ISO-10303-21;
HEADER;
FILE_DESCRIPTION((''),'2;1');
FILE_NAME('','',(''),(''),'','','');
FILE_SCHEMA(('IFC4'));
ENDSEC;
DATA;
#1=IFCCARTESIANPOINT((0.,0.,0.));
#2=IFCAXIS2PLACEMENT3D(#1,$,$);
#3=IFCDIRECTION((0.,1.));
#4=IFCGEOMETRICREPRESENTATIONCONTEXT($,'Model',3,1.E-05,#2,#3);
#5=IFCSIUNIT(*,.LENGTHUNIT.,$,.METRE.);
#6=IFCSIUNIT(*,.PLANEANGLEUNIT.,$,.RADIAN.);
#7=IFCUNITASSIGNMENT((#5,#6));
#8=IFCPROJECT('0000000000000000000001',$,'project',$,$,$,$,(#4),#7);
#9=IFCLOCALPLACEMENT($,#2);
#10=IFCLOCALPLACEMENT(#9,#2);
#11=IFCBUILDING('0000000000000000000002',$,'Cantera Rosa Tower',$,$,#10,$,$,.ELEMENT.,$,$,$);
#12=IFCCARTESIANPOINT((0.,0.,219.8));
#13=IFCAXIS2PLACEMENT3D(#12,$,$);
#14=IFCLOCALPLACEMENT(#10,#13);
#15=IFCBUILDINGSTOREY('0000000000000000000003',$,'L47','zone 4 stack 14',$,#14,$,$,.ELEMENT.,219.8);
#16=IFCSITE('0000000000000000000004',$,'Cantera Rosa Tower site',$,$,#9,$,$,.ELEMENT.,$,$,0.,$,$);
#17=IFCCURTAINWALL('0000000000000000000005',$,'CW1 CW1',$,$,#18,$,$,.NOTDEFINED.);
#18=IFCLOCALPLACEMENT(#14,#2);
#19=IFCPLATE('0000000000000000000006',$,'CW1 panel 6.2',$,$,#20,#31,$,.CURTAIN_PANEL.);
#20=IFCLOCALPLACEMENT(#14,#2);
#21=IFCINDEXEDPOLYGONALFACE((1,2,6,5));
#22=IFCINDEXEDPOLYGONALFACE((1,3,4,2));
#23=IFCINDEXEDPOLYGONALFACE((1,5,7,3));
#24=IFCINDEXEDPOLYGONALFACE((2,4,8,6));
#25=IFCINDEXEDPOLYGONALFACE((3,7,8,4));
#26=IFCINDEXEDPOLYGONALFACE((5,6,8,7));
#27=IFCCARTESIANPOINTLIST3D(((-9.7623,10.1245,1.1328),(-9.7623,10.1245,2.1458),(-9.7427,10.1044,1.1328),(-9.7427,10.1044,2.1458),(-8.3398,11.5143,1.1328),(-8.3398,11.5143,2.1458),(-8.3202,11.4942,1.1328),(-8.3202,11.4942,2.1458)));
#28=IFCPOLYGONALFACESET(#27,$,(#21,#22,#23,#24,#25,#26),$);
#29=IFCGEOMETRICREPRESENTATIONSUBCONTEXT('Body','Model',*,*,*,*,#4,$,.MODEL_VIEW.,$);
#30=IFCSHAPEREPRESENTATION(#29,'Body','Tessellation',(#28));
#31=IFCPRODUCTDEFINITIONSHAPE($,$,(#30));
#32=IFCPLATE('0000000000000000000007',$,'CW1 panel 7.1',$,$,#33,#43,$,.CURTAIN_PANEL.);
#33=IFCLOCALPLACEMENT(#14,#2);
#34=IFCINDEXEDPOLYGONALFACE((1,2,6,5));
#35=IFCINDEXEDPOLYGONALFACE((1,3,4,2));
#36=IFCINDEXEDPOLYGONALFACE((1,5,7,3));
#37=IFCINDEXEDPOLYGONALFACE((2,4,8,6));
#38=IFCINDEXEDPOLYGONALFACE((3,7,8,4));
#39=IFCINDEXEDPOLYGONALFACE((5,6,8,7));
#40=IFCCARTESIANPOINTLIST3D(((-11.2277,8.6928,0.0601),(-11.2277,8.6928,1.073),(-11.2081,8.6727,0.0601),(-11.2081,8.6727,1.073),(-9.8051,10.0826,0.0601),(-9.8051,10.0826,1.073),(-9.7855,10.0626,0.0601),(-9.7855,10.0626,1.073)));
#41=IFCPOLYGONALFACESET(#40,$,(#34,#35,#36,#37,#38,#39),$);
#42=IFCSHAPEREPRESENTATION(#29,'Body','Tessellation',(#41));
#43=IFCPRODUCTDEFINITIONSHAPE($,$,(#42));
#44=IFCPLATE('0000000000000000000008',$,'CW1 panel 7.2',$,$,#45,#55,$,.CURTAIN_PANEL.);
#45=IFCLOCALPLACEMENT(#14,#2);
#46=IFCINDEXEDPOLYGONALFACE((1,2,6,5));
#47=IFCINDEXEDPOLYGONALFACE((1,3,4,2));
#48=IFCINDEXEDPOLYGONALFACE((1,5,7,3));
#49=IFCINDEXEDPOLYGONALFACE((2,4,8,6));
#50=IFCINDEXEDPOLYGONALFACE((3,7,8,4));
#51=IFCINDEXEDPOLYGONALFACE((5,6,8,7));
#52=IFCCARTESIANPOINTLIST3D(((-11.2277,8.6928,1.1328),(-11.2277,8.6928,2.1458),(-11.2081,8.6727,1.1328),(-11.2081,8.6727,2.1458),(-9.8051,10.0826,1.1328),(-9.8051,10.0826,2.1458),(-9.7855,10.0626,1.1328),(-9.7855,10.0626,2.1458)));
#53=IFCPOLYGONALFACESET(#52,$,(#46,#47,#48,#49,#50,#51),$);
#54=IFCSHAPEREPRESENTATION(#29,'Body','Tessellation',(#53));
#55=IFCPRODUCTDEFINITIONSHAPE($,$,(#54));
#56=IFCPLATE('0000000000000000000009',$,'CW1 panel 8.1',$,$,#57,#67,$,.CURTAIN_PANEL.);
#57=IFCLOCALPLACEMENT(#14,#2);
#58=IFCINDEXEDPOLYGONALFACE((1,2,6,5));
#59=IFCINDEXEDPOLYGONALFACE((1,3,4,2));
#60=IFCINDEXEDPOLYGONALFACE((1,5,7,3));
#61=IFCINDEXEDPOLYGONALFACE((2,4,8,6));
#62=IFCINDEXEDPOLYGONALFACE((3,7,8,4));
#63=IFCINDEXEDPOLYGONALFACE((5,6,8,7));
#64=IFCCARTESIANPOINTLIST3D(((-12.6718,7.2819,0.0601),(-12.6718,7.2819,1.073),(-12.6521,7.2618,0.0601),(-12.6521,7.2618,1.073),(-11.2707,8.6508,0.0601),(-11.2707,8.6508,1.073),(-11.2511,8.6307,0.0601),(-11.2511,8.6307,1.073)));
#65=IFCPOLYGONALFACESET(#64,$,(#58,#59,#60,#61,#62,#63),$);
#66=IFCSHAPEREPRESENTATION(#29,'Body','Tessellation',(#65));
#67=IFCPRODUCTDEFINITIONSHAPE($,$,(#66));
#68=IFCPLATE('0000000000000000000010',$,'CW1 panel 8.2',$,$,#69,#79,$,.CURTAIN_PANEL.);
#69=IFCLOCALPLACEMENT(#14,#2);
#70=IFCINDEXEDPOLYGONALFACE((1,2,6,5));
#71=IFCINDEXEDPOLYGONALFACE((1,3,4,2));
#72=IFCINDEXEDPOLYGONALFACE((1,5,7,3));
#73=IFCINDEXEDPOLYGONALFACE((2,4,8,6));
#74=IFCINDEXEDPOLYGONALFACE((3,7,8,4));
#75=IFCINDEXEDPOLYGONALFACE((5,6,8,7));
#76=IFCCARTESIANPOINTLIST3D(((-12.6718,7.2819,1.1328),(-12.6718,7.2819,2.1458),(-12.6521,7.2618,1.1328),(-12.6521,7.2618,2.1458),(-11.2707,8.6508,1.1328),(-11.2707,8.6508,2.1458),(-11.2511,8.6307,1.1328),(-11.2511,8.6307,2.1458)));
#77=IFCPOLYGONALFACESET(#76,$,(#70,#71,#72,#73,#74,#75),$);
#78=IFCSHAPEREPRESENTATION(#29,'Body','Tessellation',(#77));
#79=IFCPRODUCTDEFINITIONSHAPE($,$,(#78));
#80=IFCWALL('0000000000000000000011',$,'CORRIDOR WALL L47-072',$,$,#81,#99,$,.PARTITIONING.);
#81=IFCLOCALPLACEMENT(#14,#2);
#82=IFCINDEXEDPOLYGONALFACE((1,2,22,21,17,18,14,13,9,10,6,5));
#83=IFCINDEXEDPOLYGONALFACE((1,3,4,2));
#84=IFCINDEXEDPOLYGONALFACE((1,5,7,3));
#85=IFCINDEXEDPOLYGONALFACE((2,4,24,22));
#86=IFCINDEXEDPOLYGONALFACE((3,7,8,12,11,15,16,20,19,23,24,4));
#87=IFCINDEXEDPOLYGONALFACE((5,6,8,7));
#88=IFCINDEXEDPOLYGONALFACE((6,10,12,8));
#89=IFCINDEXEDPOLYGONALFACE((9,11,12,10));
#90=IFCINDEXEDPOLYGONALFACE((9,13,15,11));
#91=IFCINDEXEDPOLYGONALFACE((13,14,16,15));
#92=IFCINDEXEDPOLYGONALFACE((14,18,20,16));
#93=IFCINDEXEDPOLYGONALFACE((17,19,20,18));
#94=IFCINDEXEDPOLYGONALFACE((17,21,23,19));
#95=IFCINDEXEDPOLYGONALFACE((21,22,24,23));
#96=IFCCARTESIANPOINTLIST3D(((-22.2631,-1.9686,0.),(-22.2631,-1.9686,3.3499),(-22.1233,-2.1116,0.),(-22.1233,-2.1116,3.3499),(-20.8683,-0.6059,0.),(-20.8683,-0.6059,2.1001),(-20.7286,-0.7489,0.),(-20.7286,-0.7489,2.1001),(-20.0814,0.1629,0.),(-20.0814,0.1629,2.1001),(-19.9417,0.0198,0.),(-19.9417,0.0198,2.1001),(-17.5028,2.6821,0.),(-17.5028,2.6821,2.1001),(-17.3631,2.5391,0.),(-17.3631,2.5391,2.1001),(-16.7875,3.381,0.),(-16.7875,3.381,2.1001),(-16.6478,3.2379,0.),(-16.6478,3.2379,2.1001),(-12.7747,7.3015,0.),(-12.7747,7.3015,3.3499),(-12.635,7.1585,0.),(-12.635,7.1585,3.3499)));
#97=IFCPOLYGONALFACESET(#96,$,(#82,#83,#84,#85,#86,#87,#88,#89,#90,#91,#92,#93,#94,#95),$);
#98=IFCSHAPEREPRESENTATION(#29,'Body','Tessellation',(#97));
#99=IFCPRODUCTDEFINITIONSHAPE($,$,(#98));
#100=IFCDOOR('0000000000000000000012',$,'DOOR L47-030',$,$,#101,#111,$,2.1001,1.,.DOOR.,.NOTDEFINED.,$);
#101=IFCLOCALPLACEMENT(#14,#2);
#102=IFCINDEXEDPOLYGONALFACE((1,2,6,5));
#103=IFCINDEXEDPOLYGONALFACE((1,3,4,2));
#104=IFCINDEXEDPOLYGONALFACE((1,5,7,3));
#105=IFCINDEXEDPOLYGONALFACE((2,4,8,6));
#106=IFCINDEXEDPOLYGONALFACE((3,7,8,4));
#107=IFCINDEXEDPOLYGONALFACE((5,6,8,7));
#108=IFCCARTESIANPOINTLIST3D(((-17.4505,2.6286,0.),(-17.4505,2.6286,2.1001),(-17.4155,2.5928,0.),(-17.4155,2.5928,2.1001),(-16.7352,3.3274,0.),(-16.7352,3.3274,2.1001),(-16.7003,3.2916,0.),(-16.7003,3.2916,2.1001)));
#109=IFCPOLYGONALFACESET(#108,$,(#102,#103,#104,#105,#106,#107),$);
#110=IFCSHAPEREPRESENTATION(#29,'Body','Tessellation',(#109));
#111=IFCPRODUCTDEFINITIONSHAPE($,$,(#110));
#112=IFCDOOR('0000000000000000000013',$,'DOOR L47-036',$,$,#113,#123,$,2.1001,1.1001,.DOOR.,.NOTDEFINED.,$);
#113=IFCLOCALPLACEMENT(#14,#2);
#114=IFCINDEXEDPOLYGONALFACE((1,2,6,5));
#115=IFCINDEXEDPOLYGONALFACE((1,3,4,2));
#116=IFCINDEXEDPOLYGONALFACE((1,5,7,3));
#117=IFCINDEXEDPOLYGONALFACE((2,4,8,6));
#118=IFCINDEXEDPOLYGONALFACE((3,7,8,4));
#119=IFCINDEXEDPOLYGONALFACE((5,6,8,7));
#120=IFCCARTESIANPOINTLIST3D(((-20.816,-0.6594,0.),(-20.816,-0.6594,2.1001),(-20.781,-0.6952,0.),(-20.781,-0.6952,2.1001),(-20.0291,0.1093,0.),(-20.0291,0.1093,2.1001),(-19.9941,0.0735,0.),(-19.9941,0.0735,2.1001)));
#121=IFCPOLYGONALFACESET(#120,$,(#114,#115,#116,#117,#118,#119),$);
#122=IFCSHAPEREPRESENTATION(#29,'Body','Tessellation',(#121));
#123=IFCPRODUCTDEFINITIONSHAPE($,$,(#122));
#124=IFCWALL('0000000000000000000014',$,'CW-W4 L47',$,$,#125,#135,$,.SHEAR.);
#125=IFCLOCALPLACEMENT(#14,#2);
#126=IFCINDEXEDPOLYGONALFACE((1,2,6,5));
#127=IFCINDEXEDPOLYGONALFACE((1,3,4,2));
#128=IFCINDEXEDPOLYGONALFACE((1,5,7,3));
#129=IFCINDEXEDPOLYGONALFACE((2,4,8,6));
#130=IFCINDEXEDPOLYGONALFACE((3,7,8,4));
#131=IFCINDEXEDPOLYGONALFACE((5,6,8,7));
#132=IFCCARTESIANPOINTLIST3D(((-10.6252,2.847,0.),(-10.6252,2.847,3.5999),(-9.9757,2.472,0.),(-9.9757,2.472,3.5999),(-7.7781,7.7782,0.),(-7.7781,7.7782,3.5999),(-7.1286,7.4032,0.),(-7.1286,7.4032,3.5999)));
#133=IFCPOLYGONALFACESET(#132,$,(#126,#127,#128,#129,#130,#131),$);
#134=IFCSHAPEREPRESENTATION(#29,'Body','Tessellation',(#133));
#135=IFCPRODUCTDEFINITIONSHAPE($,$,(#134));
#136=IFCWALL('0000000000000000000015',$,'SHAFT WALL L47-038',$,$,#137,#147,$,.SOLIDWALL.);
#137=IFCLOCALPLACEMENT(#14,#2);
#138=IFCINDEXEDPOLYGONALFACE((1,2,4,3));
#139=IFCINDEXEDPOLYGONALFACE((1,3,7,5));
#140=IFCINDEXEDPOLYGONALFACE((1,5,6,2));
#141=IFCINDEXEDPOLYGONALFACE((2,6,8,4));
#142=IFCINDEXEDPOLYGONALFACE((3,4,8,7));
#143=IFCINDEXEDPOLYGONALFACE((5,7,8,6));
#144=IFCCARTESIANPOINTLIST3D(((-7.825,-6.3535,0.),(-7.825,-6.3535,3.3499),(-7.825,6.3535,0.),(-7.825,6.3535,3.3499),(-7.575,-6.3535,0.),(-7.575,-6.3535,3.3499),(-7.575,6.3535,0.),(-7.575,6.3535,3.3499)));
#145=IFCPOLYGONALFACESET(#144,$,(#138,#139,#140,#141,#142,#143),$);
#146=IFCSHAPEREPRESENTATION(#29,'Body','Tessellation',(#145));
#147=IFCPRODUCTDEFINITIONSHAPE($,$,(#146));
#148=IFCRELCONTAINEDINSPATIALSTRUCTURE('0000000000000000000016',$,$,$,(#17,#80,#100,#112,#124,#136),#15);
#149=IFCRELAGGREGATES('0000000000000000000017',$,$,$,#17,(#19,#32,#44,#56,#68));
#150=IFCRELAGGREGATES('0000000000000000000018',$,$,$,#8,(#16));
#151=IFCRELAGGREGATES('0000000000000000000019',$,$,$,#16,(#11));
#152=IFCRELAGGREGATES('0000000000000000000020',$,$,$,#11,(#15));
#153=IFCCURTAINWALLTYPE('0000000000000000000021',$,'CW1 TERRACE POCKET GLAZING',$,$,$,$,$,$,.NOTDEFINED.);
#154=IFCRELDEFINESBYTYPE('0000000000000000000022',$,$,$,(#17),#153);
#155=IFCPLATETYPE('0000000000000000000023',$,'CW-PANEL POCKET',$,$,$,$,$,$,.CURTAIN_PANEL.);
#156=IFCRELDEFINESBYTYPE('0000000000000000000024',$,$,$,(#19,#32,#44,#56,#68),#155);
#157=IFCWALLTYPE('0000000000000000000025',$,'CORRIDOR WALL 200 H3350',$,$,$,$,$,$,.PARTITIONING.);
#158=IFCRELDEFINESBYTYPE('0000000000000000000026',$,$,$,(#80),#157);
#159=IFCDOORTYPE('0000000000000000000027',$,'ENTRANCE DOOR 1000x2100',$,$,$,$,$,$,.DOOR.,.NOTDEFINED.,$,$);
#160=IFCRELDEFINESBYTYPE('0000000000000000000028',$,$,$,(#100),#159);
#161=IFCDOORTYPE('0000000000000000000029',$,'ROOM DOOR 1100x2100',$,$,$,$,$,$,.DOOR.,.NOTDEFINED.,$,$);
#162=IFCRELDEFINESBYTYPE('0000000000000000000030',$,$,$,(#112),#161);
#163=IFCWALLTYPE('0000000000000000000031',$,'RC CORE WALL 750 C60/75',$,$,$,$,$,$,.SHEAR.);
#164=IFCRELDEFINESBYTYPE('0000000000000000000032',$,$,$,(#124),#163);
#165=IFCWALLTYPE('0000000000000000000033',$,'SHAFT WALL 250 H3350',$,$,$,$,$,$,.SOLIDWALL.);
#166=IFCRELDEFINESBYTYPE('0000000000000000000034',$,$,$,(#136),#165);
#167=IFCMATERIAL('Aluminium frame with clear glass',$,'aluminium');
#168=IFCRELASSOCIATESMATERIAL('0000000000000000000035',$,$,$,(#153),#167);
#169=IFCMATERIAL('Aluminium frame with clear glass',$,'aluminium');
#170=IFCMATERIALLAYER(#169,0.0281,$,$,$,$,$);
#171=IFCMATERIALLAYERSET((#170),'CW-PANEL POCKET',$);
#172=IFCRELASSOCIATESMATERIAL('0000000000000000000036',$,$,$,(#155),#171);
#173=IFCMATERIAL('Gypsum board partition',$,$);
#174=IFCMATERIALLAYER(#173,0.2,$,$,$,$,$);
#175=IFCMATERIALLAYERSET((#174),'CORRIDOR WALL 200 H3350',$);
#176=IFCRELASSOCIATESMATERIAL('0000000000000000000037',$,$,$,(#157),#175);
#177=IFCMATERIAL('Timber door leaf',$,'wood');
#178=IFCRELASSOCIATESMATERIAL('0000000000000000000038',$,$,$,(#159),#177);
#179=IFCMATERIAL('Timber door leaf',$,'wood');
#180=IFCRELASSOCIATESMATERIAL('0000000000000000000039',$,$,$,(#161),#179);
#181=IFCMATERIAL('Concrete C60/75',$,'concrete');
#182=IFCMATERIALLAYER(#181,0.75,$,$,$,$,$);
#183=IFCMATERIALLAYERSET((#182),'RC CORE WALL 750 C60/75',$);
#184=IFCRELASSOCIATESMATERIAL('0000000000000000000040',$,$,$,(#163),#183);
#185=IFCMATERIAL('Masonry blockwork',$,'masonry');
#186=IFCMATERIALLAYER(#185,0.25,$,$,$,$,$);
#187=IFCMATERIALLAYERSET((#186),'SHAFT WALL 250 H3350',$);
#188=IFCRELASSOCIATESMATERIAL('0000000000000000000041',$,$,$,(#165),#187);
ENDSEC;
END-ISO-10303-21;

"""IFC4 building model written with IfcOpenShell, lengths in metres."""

from ifc_helpers import new_model, si_unit, direction, frame, frame_2d, origin, origin_2d, place, context, subcontext, project, spatial, rectangle, extrude, material, layer, layer_set, type_object, element, fill, aggregate, save


model = new_model("IFC4")

# Units and contexts
model_context = context("Model", 3, precision=1e-05, world=origin(), true_north=direction((0.0, 1.0)))
body_context = subcontext(model_context, "Body", "Model", "MODEL_VIEW")
ifc_project = project(units=[si_unit("LENGTHUNIT", "METRE"), si_unit("PLANEANGLEUNIT", "RADIAN")], contexts=[model_context])

# Site, building, storey
site_placement = place(None, origin())
site = spatial("IfcSite", under=ifc_project, at=site_placement, Name="Cantera Rosa Tower site", CompositionType="ELEMENT", RefElevation=0.0)
building_placement = place(site_placement, origin())
building = spatial("IfcBuilding", under=site, at=building_placement, Name="Cantera Rosa Tower", CompositionType="ELEMENT")
storey_placement = place(building_placement, frame((0.0, 0.0, 219.8)))
storey = spatial("IfcBuildingStorey", under=building, at=storey_placement, Name="L47", Description="zone 4 stack 14", CompositionType="ELEMENT", Elevation=219.8)

# Curtain wall
ifc_material_1 = material(Name="Aluminium frame with clear glass", Category="aluminium")
curtain_wall_type = type_object("IfcCurtainWallType", Name="CW1 TERRACE POCKET GLAZING", PredefinedType="NOTDEFINED", material=ifc_material_1)
curtain_wall_placement = place(storey_placement, origin())
curtain_wall = element("IfcCurtainWall", 1, at=curtain_wall_placement, inside=storey, type_object=curtain_wall_type, Name="CW1 CW1", PredefinedType="NOTDEFINED")

# Plates
ifc_material_2 = material(Name="Aluminium frame with clear glass", Category="aluminium")
ifc_layer_1 = layer(ifc_material_2, 0.0281)
ifc_layer_set_1 = layer_set([ifc_layer_1], Name="CW-PANEL POCKET")
plate_type = type_object("IfcPlateType", Name="CW-PANEL POCKET", PredefinedType="CURTAIN_PANEL", material=ifc_layer_set_1)
plate_1_placement = place(storey_placement, frame((-9.0413, 10.8093, 1.1328), z_axis=(0.0, 0.0, 1.0), x_axis=(-0.715286, -0.698832, 0.0)))
plate_1 = element("IfcPlate", 2, at=plate_1_placement, type_object=plate_type, Name="CW1 panel 6.2", PredefinedType="CURTAIN_PANEL", context=body_context, shape_type="SweptSolid", body=[
    extrude(rectangle(XDim=1.9888, YDim=0.0281, at=origin_2d()), origin(), (0.0, 0.0, 1.0), 1.0129),
])
plate_2_placement = place(storey_placement, frame((-10.5066, 9.3777, 0.0601), z_axis=(0.0, 0.0, 1.0), x_axis=(-0.715286, -0.698832, 0.0)))
plate_2 = element("IfcPlate", 3, at=plate_2_placement, type_object=plate_type, Name="CW1 panel 7.1", PredefinedType="CURTAIN_PANEL", context=body_context, shape_type="SweptSolid", body=[
    extrude(rectangle(XDim=1.9888, YDim=0.0281, at=origin_2d()), origin(), (0.0, 0.0, 1.0), 1.0129),
])
plate_3_placement = place(storey_placement, frame((-10.5066, 9.3777, 1.1328), z_axis=(0.0, 0.0, 1.0), x_axis=(-0.715286, -0.698832, 0.0)))
plate_3 = element("IfcPlate", 4, at=plate_3_placement, type_object=plate_type, Name="CW1 panel 7.2", PredefinedType="CURTAIN_PANEL", context=body_context, shape_type="SweptSolid", body=[
    extrude(rectangle(XDim=1.9888, YDim=0.0281, at=origin_2d()), origin(), (0.0, 0.0, 1.0), 1.0129),
])
plate_4_placement = place(storey_placement, frame((-11.9614, 7.9563, 0.0601), z_axis=(0.0, 0.0, 1.0), x_axis=(-0.715286, -0.698832, 0.0)))
plate_4 = element("IfcPlate", 5, at=plate_4_placement, type_object=plate_type, Name="CW1 panel 8.1", PredefinedType="CURTAIN_PANEL", context=body_context, shape_type="SweptSolid", body=[
    extrude(rectangle(XDim=1.9587, YDim=0.0281, at=origin_2d()), origin(), (0.0, 0.0, 1.0), 1.0129),
])
plate_5_placement = place(storey_placement, frame((-11.9614, 7.9563, 1.1328), z_axis=(0.0, 0.0, 1.0), x_axis=(-0.715286, -0.698832, 0.0)))
plate_5 = element("IfcPlate", 6, at=plate_5_placement, type_object=plate_type, Name="CW1 panel 8.2", PredefinedType="CURTAIN_PANEL", context=body_context, shape_type="SweptSolid", body=[
    extrude(rectangle(XDim=1.9587, YDim=0.0281, at=origin_2d()), origin(), (0.0, 0.0, 1.0), 1.0129),
])
aggregate(curtain_wall, [plate_1, plate_2, plate_3, plate_4, plate_5])

# Wall, openings, doors
ifc_material_3 = material(Name="Gypsum board partition")
ifc_layer_2 = layer(ifc_material_3, 0.2)
ifc_layer_set_2 = layer_set([ifc_layer_2], Name="CORRIDOR WALL 200 H3350")
wall_type_1 = type_object("IfcWallType", Name="CORRIDOR WALL 200 H3350", PredefinedType="PARTITIONING", material=ifc_layer_set_2)
wall_1_placement = place(storey_placement, frame((-12.7048, 7.23, 0.0), z_axis=(0.0, 0.0, 1.0), x_axis=(-0.715286, -0.698832, 0.0)))
wall_1 = element("IfcWall", 7, at=wall_1_placement, inside=storey, type_object=wall_type_1, Name="CORRIDOR WALL L47-072", PredefinedType="PARTITIONING", context=body_context, shape_type="SweptSolid", body=[
    extrude(rectangle(XDim=13.2651, YDim=0.2, at=frame_2d((6.6326, 0.0))), origin(), (0.0, 0.0, 1.0), 3.3499),
])
opening_1_placement = place(wall_1_placement, frame((5.6101, 0.0, 0.0)))
opening_1 = element("IfcOpeningElement", 8, at=opening_1_placement, cuts=wall_1, PredefinedType="OPENING", context=body_context, shape_type="SweptSolid", body=[
    extrude(rectangle(XDim=1.0, YDim=2.1001, at=frame_2d((0.5, 1.05))), frame((0.0, 0.1099, 0.0), z_axis=(0.0, -1.0, 0.0), x_axis=(1.0, 0.0, 0.0)), (0.0, 0.0, 1.0), 0.22),
])
opening_2_placement = place(wall_1_placement, frame((10.2151, 0.0, 0.0)))
opening_2 = element("IfcOpeningElement", 9, at=opening_2_placement, cuts=wall_1, PredefinedType="OPENING", context=body_context, shape_type="SweptSolid", body=[
    extrude(rectangle(XDim=1.1001, YDim=2.1001, at=frame_2d((0.55, 1.05))), frame((0.0, 0.1099, 0.0), z_axis=(0.0, -1.0, 0.0), x_axis=(1.0, 0.0, 0.0)), (0.0, 0.0, 1.0), 0.22),
])
ifc_material_4 = material(Name="Timber door leaf", Category="wood")
door_type_1 = type_object("IfcDoorType", Name="ENTRANCE DOOR 1000x2100", OperationType="NOTDEFINED", PredefinedType="DOOR", material=ifc_material_4)
door_1_placement = place(opening_1_placement, origin())
door_1 = element("IfcDoor", 10, at=door_1_placement, inside=storey, type_object=door_type_1, Name="DOOR L47-030", OperationType="NOTDEFINED", OverallHeight=2.1001, OverallWidth=1.0, PredefinedType="DOOR", context=body_context, shape_type="SweptSolid", body=[
    extrude(rectangle(XDim=1.0, YDim=2.1001, at=frame_2d((0.5, 1.05))), frame((0.0, 0.0249, 0.0), z_axis=(0.0, -1.0, 0.0), x_axis=(1.0, 0.0, 0.0)), (0.0, 0.0, 1.0), 0.05),
])
fill(opening_1, door_1)
ifc_material_5 = material(Name="Timber door leaf", Category="wood")
door_type_2 = type_object("IfcDoorType", Name="ROOM DOOR 1100x2100", OperationType="NOTDEFINED", PredefinedType="DOOR", material=ifc_material_5)
door_2_placement = place(opening_2_placement, origin())
door_2 = element("IfcDoor", 11, at=door_2_placement, inside=storey, type_object=door_type_2, Name="DOOR L47-036", OperationType="NOTDEFINED", OverallHeight=2.1001, OverallWidth=1.1001, PredefinedType="DOOR", context=body_context, shape_type="SweptSolid", body=[
    extrude(rectangle(XDim=1.1001, YDim=2.1001, at=frame_2d((0.55, 1.05))), frame((0.0, 0.0249, 0.0), z_axis=(0.0, -1.0, 0.0), x_axis=(1.0, 0.0, 0.0)), (0.0, 0.0, 1.0), 0.05),
])
fill(opening_2, door_2)

# Walls
ifc_material_6 = material(Name="Concrete C60/75", Category="concrete")
ifc_layer_3 = layer(ifc_material_6, 0.75)
ifc_layer_set_3 = layer_set([ifc_layer_3], Name="RC CORE WALL 750 C60/75")
wall_type_2 = type_object("IfcWallType", Name="RC CORE WALL 750 C60/75", PredefinedType="SHEAR", material=ifc_layer_set_3)
wall_2_placement = place(storey_placement, frame((-10.3005, 2.6594, 0.0), z_axis=(0.0, 0.0, 1.0), x_axis=(0.500022, 0.866013, 0.0)))
element("IfcWall", 12, at=wall_2_placement, inside=storey, type_object=wall_type_2, Name="CW-W4 L47", PredefinedType="SHEAR", context=body_context, shape_type="SweptSolid", body=[
    extrude(rectangle(XDim=5.6941, YDim=0.75, at=frame_2d((2.8472, 0.0))), origin(), (0.0, 0.0, 1.0), 3.5999),
])
ifc_material_7 = material(Name="Masonry blockwork", Category="masonry")
ifc_layer_4 = layer(ifc_material_7, 0.25)
ifc_layer_set_4 = layer_set([ifc_layer_4], Name="SHAFT WALL 250 H3350")
wall_type_3 = type_object("IfcWallType", Name="SHAFT WALL 250 H3350", PredefinedType="SOLIDWALL", material=ifc_layer_set_4)
wall_3_placement = place(storey_placement, frame((-7.7, 6.3535, 0.0), z_axis=(0.0, 0.0, 1.0), x_axis=(0.0, -1.0, 0.0)))
element("IfcWall", 13, at=wall_3_placement, inside=storey, type_object=wall_type_3, Name="SHAFT WALL L47-038", PredefinedType="SOLIDWALL", context=body_context, shape_type="SweptSolid", body=[
    extrude(rectangle(XDim=12.707, YDim=0.25, at=frame_2d((6.3535, 0.0))), origin(), (0.0, 0.0, 1.0), 3.3499),
])

save(model, "model.ifc")
